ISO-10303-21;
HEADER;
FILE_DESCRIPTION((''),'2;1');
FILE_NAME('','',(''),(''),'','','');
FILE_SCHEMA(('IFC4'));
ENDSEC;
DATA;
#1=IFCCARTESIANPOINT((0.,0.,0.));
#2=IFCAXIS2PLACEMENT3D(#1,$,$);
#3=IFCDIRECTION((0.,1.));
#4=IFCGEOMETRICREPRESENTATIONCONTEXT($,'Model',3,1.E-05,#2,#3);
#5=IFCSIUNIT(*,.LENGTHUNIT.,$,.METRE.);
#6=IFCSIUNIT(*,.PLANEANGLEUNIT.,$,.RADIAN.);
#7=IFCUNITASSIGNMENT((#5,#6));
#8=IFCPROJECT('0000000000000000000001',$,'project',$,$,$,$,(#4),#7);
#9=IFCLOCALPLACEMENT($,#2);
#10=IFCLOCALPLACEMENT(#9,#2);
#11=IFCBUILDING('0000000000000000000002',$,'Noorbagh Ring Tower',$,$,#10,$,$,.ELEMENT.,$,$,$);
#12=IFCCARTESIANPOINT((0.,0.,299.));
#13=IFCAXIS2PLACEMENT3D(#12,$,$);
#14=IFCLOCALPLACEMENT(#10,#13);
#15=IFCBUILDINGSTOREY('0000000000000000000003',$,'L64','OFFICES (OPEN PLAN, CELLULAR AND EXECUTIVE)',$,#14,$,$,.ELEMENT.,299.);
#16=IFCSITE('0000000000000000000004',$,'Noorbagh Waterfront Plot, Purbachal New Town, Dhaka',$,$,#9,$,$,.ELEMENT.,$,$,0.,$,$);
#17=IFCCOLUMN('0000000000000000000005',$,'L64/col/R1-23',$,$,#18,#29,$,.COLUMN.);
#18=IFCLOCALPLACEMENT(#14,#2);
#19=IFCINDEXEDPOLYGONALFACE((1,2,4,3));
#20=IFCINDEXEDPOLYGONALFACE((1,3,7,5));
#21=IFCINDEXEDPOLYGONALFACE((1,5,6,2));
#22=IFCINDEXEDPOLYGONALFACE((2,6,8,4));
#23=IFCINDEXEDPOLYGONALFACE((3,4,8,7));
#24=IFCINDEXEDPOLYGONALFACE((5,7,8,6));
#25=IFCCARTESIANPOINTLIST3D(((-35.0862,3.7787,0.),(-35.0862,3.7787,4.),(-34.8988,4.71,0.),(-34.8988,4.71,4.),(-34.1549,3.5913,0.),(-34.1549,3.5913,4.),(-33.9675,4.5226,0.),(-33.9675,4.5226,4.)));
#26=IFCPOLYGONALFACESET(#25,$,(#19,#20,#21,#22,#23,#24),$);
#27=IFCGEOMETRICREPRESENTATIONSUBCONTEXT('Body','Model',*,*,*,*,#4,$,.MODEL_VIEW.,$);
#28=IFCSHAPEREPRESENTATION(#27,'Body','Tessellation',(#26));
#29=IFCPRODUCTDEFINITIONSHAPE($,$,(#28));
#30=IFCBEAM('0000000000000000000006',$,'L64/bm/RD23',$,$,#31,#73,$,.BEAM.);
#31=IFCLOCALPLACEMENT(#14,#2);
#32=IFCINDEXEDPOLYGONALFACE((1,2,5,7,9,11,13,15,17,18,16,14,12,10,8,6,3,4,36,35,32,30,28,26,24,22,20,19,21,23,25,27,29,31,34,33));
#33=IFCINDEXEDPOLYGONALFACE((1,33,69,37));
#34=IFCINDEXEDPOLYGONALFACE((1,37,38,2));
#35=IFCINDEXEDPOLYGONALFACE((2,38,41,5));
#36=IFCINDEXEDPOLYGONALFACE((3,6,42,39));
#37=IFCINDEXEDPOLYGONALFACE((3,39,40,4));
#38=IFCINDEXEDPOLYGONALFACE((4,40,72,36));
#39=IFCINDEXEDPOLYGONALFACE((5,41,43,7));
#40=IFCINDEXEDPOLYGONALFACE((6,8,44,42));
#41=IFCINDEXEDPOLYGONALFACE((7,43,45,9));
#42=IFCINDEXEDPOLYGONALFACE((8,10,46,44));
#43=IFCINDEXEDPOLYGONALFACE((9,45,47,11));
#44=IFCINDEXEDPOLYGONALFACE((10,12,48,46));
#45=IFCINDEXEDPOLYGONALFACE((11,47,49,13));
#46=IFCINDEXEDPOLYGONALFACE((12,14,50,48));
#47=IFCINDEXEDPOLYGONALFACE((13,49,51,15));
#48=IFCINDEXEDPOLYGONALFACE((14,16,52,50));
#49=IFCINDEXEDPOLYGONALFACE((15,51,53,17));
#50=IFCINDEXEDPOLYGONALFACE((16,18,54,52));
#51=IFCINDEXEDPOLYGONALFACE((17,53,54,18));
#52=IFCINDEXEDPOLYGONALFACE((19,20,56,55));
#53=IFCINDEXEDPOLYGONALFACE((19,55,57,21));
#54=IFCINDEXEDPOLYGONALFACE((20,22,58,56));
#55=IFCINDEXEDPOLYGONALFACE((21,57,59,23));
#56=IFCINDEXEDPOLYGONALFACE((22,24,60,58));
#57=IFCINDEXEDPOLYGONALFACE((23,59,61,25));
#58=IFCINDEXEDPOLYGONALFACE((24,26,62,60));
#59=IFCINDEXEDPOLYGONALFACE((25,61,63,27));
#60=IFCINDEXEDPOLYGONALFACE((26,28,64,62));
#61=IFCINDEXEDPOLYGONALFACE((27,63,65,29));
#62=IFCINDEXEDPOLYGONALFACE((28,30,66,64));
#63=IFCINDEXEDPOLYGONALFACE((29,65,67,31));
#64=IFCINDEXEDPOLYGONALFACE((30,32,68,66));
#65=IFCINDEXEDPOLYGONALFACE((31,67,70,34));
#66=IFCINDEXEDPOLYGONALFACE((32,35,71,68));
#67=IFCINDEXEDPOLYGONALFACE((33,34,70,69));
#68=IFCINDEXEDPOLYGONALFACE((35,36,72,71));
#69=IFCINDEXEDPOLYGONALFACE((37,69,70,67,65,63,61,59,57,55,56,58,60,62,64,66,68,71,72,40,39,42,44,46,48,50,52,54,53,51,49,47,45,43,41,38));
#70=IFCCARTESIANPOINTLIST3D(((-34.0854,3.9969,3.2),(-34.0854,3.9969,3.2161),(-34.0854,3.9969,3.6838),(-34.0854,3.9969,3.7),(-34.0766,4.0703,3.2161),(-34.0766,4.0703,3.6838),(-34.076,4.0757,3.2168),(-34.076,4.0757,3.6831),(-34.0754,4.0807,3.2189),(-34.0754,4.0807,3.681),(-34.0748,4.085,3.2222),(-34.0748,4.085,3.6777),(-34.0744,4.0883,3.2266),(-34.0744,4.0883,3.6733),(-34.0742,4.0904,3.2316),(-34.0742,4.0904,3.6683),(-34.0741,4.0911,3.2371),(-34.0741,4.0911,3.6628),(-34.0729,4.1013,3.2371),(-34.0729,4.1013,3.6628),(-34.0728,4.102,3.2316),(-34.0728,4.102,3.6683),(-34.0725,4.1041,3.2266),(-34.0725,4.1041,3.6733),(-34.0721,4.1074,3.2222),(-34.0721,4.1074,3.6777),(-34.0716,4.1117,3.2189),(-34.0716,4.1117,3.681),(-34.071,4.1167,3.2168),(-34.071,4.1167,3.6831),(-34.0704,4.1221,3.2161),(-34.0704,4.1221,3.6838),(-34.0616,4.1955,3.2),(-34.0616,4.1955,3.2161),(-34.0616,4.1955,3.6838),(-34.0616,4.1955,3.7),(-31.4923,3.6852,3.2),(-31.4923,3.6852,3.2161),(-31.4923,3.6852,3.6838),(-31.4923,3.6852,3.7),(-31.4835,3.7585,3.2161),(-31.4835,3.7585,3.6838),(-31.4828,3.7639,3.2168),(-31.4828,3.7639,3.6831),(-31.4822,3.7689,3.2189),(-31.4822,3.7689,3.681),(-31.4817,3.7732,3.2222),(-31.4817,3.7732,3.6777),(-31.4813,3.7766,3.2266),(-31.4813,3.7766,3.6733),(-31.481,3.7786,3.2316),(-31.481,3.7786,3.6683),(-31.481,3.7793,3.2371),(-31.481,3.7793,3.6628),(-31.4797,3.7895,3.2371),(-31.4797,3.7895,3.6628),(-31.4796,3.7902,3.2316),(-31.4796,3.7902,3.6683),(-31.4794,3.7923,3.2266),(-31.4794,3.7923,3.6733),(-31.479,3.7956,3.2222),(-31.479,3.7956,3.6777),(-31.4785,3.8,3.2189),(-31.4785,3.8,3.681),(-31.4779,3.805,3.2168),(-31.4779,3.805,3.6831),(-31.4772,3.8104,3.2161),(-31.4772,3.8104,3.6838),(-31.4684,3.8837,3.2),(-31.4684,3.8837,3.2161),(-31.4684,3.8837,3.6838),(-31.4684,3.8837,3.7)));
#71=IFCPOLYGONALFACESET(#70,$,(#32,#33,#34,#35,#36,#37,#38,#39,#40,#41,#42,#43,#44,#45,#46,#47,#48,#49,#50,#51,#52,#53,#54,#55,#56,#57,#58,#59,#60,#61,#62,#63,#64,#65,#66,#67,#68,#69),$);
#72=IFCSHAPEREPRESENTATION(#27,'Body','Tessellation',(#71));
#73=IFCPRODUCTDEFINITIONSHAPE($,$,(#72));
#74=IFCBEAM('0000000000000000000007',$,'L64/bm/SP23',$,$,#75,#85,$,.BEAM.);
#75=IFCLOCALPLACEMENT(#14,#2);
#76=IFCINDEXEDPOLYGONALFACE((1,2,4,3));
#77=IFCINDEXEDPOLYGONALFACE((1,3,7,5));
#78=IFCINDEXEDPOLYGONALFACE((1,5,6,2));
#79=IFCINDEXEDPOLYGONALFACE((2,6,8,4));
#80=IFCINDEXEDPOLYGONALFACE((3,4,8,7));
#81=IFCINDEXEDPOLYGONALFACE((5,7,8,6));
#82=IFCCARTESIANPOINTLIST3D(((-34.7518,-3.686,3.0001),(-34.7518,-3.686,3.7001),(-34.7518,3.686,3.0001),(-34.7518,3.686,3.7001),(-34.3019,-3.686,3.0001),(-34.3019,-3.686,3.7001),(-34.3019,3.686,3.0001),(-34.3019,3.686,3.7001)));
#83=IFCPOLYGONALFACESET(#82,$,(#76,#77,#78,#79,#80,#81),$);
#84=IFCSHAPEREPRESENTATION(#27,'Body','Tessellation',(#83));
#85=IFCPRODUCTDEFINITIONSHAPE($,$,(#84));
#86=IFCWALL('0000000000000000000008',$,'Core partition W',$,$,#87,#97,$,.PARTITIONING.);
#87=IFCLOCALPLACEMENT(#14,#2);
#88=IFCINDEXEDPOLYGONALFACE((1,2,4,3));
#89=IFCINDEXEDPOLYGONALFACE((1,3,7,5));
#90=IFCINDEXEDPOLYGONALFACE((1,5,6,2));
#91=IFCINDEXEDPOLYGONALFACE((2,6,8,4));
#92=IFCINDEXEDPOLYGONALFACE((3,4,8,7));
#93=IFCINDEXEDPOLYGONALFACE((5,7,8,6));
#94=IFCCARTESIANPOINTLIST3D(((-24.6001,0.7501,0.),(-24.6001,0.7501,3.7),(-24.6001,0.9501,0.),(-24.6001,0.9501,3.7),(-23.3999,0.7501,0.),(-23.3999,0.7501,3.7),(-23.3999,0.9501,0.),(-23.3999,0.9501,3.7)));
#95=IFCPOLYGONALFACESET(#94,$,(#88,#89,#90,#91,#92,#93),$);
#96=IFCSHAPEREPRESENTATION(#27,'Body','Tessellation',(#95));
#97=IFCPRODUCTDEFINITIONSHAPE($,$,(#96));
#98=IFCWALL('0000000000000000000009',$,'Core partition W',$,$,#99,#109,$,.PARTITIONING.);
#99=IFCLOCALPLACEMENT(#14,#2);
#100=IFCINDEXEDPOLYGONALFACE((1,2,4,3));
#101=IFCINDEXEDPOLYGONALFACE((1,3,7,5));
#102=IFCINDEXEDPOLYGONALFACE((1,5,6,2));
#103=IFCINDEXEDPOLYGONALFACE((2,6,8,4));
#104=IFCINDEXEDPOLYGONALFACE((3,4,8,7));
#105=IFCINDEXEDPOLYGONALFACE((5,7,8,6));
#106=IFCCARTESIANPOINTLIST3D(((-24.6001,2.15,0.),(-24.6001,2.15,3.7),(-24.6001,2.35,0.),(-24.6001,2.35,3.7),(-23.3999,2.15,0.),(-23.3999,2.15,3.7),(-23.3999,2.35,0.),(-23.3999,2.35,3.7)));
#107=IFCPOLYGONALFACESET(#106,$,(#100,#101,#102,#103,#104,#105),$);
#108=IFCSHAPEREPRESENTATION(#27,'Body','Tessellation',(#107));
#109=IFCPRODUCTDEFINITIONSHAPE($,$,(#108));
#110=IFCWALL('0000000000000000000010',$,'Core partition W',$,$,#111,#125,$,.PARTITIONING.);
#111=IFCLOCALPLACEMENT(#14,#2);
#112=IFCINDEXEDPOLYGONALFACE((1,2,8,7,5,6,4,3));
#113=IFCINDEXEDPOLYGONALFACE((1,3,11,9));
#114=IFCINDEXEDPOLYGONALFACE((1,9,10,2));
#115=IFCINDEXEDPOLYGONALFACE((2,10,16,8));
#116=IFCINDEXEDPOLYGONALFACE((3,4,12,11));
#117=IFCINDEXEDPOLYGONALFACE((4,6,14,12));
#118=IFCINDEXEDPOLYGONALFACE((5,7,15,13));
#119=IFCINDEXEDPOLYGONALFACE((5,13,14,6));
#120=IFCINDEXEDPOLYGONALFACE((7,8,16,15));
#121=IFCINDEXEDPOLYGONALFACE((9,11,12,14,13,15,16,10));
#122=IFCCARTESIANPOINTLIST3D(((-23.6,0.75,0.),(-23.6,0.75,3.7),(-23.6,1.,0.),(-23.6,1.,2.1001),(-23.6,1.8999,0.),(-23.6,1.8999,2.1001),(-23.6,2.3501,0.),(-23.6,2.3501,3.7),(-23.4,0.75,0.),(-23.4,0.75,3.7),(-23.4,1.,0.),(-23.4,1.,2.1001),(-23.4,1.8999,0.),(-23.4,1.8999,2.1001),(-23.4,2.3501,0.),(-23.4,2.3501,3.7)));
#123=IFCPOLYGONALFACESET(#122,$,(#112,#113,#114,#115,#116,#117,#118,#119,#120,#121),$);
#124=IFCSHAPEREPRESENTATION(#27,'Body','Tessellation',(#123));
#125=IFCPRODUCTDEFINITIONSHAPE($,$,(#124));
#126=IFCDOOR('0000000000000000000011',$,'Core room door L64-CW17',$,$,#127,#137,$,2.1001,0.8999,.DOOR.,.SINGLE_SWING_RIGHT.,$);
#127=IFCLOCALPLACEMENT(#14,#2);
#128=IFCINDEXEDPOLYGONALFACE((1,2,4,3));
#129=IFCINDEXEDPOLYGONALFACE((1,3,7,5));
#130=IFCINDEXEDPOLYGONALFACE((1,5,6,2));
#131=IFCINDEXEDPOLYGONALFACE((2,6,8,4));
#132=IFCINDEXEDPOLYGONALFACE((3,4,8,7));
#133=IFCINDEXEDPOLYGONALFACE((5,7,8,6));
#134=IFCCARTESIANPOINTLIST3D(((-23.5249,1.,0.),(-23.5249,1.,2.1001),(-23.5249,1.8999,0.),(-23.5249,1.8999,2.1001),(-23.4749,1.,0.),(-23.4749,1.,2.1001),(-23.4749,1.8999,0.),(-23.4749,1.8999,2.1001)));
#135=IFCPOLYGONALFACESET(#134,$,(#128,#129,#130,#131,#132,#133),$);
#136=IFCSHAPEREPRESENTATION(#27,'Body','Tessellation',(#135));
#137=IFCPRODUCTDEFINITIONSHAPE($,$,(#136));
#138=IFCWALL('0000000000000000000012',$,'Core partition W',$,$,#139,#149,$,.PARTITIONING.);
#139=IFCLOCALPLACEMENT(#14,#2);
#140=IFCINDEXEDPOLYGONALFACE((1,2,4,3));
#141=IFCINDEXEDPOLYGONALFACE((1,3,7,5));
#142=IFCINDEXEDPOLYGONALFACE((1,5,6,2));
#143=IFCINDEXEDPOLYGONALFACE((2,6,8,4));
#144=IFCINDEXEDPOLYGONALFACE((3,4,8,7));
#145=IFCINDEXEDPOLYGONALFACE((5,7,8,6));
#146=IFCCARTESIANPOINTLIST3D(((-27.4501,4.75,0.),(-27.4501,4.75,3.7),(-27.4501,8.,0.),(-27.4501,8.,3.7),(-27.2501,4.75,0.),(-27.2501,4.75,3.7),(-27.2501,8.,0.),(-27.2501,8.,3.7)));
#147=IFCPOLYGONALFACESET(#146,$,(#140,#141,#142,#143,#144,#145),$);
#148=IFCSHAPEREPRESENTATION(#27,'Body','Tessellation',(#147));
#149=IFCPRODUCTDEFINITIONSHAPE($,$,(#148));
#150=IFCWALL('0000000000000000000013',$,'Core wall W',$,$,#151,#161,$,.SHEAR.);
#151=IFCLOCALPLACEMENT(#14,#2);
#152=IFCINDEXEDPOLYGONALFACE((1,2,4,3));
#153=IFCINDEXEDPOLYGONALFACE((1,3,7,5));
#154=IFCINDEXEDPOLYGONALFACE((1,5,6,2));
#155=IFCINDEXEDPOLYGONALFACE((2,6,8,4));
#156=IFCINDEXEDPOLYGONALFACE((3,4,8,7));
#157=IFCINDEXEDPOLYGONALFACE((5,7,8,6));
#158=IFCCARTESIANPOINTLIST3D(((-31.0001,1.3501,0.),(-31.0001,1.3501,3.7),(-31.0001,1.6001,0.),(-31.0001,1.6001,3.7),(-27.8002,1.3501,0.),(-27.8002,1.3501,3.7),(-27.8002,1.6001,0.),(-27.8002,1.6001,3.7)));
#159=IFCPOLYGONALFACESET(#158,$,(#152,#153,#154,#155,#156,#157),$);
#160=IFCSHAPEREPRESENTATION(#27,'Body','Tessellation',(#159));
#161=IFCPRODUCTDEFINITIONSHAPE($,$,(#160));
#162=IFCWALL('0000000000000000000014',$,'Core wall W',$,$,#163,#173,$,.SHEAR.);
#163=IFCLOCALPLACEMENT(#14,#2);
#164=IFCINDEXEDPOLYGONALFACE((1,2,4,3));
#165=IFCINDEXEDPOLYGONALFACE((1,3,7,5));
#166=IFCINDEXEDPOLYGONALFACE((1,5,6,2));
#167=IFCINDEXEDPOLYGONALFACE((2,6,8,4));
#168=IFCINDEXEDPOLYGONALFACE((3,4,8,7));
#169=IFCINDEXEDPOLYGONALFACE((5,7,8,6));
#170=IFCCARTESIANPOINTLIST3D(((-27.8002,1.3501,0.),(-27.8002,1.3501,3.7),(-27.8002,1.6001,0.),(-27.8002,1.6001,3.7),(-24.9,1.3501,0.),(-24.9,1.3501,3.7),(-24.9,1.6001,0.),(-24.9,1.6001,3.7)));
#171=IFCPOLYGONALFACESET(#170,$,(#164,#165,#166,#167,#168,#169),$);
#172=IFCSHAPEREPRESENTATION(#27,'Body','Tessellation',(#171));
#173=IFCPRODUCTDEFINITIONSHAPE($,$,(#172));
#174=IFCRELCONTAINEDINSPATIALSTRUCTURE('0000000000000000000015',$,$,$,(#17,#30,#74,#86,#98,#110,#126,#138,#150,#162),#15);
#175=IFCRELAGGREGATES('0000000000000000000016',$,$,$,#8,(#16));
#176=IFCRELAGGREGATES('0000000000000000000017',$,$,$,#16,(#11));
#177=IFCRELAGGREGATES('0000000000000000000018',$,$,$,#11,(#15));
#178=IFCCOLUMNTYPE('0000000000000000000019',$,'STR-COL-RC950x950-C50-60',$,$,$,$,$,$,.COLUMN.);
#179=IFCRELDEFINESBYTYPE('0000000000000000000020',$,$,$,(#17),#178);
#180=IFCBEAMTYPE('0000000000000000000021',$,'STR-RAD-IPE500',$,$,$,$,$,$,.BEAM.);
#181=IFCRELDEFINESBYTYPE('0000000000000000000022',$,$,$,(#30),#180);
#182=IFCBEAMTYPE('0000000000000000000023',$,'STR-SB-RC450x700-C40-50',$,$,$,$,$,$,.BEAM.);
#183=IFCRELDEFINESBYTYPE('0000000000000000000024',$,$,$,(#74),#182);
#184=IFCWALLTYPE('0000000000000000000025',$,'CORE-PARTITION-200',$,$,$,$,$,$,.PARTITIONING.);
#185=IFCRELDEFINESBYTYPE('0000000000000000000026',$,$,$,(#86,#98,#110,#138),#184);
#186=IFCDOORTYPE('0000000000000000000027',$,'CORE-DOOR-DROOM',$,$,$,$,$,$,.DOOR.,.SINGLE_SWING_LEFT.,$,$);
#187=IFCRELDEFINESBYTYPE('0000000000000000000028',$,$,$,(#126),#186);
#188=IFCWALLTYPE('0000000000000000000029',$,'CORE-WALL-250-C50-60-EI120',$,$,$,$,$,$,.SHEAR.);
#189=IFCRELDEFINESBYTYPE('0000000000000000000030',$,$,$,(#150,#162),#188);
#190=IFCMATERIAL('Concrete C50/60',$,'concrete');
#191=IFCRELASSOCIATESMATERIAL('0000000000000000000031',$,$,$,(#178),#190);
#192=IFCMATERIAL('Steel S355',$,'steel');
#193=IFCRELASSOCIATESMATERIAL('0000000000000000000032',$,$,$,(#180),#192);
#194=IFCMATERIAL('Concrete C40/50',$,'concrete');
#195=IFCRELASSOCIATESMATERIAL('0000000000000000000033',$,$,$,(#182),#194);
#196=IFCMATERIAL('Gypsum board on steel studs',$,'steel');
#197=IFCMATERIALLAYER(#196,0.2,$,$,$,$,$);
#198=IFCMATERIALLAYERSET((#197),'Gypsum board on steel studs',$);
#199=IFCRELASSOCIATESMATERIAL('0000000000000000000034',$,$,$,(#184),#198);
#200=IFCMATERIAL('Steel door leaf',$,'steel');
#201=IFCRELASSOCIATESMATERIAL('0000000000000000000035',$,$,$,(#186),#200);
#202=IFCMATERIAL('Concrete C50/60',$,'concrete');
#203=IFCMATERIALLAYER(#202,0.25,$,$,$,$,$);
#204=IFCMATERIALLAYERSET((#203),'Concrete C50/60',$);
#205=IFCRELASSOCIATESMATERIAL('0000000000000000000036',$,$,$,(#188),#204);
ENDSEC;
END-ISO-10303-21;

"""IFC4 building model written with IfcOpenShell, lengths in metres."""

from ifc_helpers import new_model, si_unit, direction, frame, frame_2d, origin, origin_2d, place, context, subcontext, project, spatial, rectangle, i_section, extrude, material, layer, layer_set, material_profile, profile_set, type_object, element, fill, save


model = new_model("IFC4")

# Units and contexts
model_context = context("Model", 3, precision=1e-05, world=origin(), true_north=direction((0.0, 1.0)))
body_context = subcontext(model_context, "Body", "Model", "MODEL_VIEW")
ifc_project = project(units=[si_unit("LENGTHUNIT", "METRE"), si_unit("PLANEANGLEUNIT", "RADIAN")], contexts=[model_context])

# Site, building, storey
site_placement = place(None, origin())
site = spatial("IfcSite", under=ifc_project, at=site_placement, Name="Noorbagh Waterfront Plot, Purbachal New Town, Dhaka", CompositionType="ELEMENT", RefElevation=0.0)
building_placement = place(site_placement, origin())
building = spatial("IfcBuilding", under=site, at=building_placement, Name="Noorbagh Ring Tower", CompositionType="ELEMENT")
storey_placement = place(building_placement, frame((0.0, 0.0, 299.0)))
storey = spatial("IfcBuildingStorey", under=building, at=storey_placement, Name="L64", Description="OFFICES (OPEN PLAN, CELLULAR AND EXECUTIVE)", CompositionType="ELEMENT", Elevation=299.0)

# Column
ifc_material_1 = material(Name="Concrete C50/60", Category="concrete")
ifc_material_profile_1 = material_profile(ifc_material_1, rectangle(XDim=0.95, YDim=0.95, at=origin_2d()), Name="RC950x950")
ifc_profile_set_1 = profile_set([ifc_material_profile_1], Name="Concrete C50/60")
column_type = type_object("IfcColumnType", Name="STR-COL-RC950x950-C50-60", PredefinedType="COLUMN", material=ifc_profile_set_1)
column_placement = place(storey_placement, frame((-34.5269, 4.1506, 0.0), z_axis=(0.0, 0.0, 1.0), x_axis=(-0.19723, -0.980357, 0.0)))
element("IfcColumn", 1, at=column_placement, inside=storey, type_object=column_type, Name="L64/col/R1-23", PredefinedType="COLUMN", context=body_context, shape_type="SweptSolid", body=[
    extrude(rectangle(XDim=0.95, YDim=0.95, at=origin_2d()), origin(), (0.0, 0.0, 1.0), 4.0),
])

# Beams
ifc_material_2 = material(Name="Steel S355", Category="steel")
ifc_material_profile_2 = material_profile(ifc_material_2, i_section(OverallWidth=0.2, OverallDepth=0.5, WebThickness=0.0103, FlangeThickness=0.0161, FilletRadius=0.021, at=origin_2d()), Name="IPE500")
ifc_profile_set_2 = profile_set([ifc_material_profile_2], Name="Steel S355")
beam_type_1 = type_object("IfcBeamType", Name="STR-RAD-IPE500", PredefinedType="BEAM", material=ifc_profile_set_2)
beam_1_placement = place(storey_placement, frame((-34.0735, 4.0962, 3.45), z_axis=(0.992851, -0.119363, 0.0), x_axis=(0.119363, 0.992851, 0.0)))
element("IfcBeam", 2, at=beam_1_placement, inside=storey, type_object=beam_type_1, Name="L64/bm/RD23", PredefinedType="BEAM", context=body_context, shape_type="SweptSolid", body=[
    extrude(i_section(OverallWidth=0.2, OverallDepth=0.5, WebThickness=0.0103, FlangeThickness=0.0161, FilletRadius=0.021, at=origin_2d()), origin(), (0.0, 0.0, 1.0), 2.6118),
])
ifc_material_3 = material(Name="Concrete C40/50", Category="concrete")
ifc_material_profile_3 = material_profile(ifc_material_3, rectangle(XDim=0.45, YDim=0.7, at=origin_2d()), Name="RC450x700")
ifc_profile_set_3 = profile_set([ifc_material_profile_3], Name="Concrete C40/50")
beam_type_2 = type_object("IfcBeamType", Name="STR-SB-RC450x700-C40-50", PredefinedType="BEAM", material=ifc_profile_set_3)
beam_2_placement = place(storey_placement, frame((-34.5269, 3.686, 3.3501), z_axis=(0.0, -1.0, 0.0), x_axis=(1.0, 0.0, 0.0)))
element("IfcBeam", 3, at=beam_2_placement, inside=storey, type_object=beam_type_2, Name="L64/bm/SP23", PredefinedType="BEAM", context=body_context, shape_type="SweptSolid", body=[
    extrude(rectangle(XDim=0.45, YDim=0.7, at=origin_2d()), origin(), (0.0, 0.0, 1.0), 7.3721),
])

# Walls
ifc_material_4 = material(Name="Gypsum board on steel studs", Category="steel")
ifc_layer_1 = layer(ifc_material_4, 0.2)
ifc_layer_set_1 = layer_set([ifc_layer_1], Name="Gypsum board on steel studs")
wall_type_1 = type_object("IfcWallType", Name="CORE-PARTITION-200", PredefinedType="PARTITIONING", material=ifc_layer_set_1)
for number, where, z_axis, x_axis, name in (
    (4, (-23.3999, 0.8501, 0.0), (0.0, 0.0, 1.0), (-1.0, 0.0, 0.0), "Core partition W"),
    (5, (-23.3999, 2.25, 0.0), (0.0, 0.0, 1.0), (-1.0, 0.0, 0.0), "Core partition W"),
):
    element("IfcWall", number, at=place(storey_placement, frame(where, z_axis=z_axis, x_axis=x_axis)), inside=storey, type_object=wall_type_1, Name=name, PredefinedType="PARTITIONING", context=body_context, shape_type="SweptSolid", body=[
        extrude(rectangle(XDim=1.2002, YDim=0.2, at=frame_2d((0.6001, 0.0))), origin(), (0.0, 0.0, 1.0), 3.7),
    ])

# Wall, opening, door
wall_1_placement = place(storey_placement, frame((-23.5, 0.75, 0.0), z_axis=(0.0, 0.0, 1.0), x_axis=(0.0, 1.0, 0.0)))
wall_1 = element("IfcWall", 6, at=wall_1_placement, inside=storey, type_object=wall_type_1, Name="Core partition W", PredefinedType="PARTITIONING", context=body_context, shape_type="SweptSolid", body=[
    extrude(rectangle(XDim=1.6001, YDim=0.2, at=frame_2d((0.8, 0.0))), origin(), (0.0, 0.0, 1.0), 3.7),
])
opening_1_placement = place(wall_1_placement, frame((0.25, 0.0, 0.0)))
opening_1 = element("IfcOpeningElement", 7, at=opening_1_placement, cuts=wall_1, PredefinedType="OPENING", context=body_context, shape_type="SweptSolid", body=[
    extrude(rectangle(XDim=0.8999, YDim=2.1001, at=frame_2d((0.45, 1.05))), frame((0.0, 0.1099, 0.0), z_axis=(0.0, -1.0, 0.0), x_axis=(1.0, 0.0, 0.0)), (0.0, 0.0, 1.0), 0.22),
])
ifc_material_5 = material(Name="Steel door leaf", Category="steel")
door_type_1 = type_object("IfcDoorType", Name="CORE-DOOR-DROOM", OperationType="SINGLE_SWING_LEFT", PredefinedType="DOOR", material=ifc_material_5)
door_1_placement = place(opening_1_placement, origin())
door_1 = element("IfcDoor", 8, at=door_1_placement, inside=storey, type_object=door_type_1, Name="Core room door L64-CW17", OperationType="SINGLE_SWING_RIGHT", OverallHeight=2.1001, OverallWidth=0.8999, PredefinedType="DOOR", context=body_context, shape_type="SweptSolid", body=[
    extrude(rectangle(XDim=0.8999, YDim=2.1001, at=frame_2d((0.45, 1.05))), frame((0.0, 0.0249, 0.0), z_axis=(0.0, -1.0, 0.0), x_axis=(1.0, 0.0, 0.0)), (0.0, 0.0, 1.0), 0.05),
])
fill(opening_1, door_1)

# Walls
wall_2_placement = place(storey_placement, frame((-27.3501, 4.75, 0.0), z_axis=(0.0, 0.0, 1.0), x_axis=(0.0, 1.0, 0.0)))
element("IfcWall", 9, at=wall_2_placement, inside=storey, type_object=wall_type_1, Name="Core partition W", PredefinedType="PARTITIONING", context=body_context, shape_type="SweptSolid", body=[
    extrude(rectangle(XDim=3.25, YDim=0.2, at=frame_2d((1.625, 0.0))), origin(), (0.0, 0.0, 1.0), 3.7),
])
ifc_material_6 = material(Name="Concrete C50/60", Category="concrete")
ifc_layer_2 = layer(ifc_material_6, 0.25)
ifc_layer_set_2 = layer_set([ifc_layer_2], Name="Concrete C50/60")
wall_type_2 = type_object("IfcWallType", Name="CORE-WALL-250-C50-60-EI120", PredefinedType="SHEAR", material=ifc_layer_set_2)
wall_3_placement = place(storey_placement, frame((-27.8, 1.4751, 0.0), z_axis=(0.0, 0.0, 1.0), x_axis=(-1.0, 0.0, 0.0)))
element("IfcWall", 10, at=wall_3_placement, inside=storey, type_object=wall_type_2, Name="Core wall W", PredefinedType="SHEAR", context=body_context, shape_type="SweptSolid", body=[
    extrude(rectangle(XDim=3.2, YDim=0.25, at=frame_2d((1.6001, 0.0))), origin(), (0.0, 0.0, 1.0), 3.7),
])
wall_4_placement = place(storey_placement, frame((-24.8999, 1.4751, 0.0), z_axis=(0.0, 0.0, 1.0), x_axis=(-1.0, 0.0, 0.0)))
element("IfcWall", 11, at=wall_4_placement, inside=storey, type_object=wall_type_2, Name="Core wall W", PredefinedType="SHEAR", context=body_context, shape_type="SweptSolid", body=[
    extrude(rectangle(XDim=2.9001, YDim=0.25, at=frame_2d((1.4502, 0.0))), origin(), (0.0, 0.0, 1.0), 3.7),
])

save(model, "model.ifc")
